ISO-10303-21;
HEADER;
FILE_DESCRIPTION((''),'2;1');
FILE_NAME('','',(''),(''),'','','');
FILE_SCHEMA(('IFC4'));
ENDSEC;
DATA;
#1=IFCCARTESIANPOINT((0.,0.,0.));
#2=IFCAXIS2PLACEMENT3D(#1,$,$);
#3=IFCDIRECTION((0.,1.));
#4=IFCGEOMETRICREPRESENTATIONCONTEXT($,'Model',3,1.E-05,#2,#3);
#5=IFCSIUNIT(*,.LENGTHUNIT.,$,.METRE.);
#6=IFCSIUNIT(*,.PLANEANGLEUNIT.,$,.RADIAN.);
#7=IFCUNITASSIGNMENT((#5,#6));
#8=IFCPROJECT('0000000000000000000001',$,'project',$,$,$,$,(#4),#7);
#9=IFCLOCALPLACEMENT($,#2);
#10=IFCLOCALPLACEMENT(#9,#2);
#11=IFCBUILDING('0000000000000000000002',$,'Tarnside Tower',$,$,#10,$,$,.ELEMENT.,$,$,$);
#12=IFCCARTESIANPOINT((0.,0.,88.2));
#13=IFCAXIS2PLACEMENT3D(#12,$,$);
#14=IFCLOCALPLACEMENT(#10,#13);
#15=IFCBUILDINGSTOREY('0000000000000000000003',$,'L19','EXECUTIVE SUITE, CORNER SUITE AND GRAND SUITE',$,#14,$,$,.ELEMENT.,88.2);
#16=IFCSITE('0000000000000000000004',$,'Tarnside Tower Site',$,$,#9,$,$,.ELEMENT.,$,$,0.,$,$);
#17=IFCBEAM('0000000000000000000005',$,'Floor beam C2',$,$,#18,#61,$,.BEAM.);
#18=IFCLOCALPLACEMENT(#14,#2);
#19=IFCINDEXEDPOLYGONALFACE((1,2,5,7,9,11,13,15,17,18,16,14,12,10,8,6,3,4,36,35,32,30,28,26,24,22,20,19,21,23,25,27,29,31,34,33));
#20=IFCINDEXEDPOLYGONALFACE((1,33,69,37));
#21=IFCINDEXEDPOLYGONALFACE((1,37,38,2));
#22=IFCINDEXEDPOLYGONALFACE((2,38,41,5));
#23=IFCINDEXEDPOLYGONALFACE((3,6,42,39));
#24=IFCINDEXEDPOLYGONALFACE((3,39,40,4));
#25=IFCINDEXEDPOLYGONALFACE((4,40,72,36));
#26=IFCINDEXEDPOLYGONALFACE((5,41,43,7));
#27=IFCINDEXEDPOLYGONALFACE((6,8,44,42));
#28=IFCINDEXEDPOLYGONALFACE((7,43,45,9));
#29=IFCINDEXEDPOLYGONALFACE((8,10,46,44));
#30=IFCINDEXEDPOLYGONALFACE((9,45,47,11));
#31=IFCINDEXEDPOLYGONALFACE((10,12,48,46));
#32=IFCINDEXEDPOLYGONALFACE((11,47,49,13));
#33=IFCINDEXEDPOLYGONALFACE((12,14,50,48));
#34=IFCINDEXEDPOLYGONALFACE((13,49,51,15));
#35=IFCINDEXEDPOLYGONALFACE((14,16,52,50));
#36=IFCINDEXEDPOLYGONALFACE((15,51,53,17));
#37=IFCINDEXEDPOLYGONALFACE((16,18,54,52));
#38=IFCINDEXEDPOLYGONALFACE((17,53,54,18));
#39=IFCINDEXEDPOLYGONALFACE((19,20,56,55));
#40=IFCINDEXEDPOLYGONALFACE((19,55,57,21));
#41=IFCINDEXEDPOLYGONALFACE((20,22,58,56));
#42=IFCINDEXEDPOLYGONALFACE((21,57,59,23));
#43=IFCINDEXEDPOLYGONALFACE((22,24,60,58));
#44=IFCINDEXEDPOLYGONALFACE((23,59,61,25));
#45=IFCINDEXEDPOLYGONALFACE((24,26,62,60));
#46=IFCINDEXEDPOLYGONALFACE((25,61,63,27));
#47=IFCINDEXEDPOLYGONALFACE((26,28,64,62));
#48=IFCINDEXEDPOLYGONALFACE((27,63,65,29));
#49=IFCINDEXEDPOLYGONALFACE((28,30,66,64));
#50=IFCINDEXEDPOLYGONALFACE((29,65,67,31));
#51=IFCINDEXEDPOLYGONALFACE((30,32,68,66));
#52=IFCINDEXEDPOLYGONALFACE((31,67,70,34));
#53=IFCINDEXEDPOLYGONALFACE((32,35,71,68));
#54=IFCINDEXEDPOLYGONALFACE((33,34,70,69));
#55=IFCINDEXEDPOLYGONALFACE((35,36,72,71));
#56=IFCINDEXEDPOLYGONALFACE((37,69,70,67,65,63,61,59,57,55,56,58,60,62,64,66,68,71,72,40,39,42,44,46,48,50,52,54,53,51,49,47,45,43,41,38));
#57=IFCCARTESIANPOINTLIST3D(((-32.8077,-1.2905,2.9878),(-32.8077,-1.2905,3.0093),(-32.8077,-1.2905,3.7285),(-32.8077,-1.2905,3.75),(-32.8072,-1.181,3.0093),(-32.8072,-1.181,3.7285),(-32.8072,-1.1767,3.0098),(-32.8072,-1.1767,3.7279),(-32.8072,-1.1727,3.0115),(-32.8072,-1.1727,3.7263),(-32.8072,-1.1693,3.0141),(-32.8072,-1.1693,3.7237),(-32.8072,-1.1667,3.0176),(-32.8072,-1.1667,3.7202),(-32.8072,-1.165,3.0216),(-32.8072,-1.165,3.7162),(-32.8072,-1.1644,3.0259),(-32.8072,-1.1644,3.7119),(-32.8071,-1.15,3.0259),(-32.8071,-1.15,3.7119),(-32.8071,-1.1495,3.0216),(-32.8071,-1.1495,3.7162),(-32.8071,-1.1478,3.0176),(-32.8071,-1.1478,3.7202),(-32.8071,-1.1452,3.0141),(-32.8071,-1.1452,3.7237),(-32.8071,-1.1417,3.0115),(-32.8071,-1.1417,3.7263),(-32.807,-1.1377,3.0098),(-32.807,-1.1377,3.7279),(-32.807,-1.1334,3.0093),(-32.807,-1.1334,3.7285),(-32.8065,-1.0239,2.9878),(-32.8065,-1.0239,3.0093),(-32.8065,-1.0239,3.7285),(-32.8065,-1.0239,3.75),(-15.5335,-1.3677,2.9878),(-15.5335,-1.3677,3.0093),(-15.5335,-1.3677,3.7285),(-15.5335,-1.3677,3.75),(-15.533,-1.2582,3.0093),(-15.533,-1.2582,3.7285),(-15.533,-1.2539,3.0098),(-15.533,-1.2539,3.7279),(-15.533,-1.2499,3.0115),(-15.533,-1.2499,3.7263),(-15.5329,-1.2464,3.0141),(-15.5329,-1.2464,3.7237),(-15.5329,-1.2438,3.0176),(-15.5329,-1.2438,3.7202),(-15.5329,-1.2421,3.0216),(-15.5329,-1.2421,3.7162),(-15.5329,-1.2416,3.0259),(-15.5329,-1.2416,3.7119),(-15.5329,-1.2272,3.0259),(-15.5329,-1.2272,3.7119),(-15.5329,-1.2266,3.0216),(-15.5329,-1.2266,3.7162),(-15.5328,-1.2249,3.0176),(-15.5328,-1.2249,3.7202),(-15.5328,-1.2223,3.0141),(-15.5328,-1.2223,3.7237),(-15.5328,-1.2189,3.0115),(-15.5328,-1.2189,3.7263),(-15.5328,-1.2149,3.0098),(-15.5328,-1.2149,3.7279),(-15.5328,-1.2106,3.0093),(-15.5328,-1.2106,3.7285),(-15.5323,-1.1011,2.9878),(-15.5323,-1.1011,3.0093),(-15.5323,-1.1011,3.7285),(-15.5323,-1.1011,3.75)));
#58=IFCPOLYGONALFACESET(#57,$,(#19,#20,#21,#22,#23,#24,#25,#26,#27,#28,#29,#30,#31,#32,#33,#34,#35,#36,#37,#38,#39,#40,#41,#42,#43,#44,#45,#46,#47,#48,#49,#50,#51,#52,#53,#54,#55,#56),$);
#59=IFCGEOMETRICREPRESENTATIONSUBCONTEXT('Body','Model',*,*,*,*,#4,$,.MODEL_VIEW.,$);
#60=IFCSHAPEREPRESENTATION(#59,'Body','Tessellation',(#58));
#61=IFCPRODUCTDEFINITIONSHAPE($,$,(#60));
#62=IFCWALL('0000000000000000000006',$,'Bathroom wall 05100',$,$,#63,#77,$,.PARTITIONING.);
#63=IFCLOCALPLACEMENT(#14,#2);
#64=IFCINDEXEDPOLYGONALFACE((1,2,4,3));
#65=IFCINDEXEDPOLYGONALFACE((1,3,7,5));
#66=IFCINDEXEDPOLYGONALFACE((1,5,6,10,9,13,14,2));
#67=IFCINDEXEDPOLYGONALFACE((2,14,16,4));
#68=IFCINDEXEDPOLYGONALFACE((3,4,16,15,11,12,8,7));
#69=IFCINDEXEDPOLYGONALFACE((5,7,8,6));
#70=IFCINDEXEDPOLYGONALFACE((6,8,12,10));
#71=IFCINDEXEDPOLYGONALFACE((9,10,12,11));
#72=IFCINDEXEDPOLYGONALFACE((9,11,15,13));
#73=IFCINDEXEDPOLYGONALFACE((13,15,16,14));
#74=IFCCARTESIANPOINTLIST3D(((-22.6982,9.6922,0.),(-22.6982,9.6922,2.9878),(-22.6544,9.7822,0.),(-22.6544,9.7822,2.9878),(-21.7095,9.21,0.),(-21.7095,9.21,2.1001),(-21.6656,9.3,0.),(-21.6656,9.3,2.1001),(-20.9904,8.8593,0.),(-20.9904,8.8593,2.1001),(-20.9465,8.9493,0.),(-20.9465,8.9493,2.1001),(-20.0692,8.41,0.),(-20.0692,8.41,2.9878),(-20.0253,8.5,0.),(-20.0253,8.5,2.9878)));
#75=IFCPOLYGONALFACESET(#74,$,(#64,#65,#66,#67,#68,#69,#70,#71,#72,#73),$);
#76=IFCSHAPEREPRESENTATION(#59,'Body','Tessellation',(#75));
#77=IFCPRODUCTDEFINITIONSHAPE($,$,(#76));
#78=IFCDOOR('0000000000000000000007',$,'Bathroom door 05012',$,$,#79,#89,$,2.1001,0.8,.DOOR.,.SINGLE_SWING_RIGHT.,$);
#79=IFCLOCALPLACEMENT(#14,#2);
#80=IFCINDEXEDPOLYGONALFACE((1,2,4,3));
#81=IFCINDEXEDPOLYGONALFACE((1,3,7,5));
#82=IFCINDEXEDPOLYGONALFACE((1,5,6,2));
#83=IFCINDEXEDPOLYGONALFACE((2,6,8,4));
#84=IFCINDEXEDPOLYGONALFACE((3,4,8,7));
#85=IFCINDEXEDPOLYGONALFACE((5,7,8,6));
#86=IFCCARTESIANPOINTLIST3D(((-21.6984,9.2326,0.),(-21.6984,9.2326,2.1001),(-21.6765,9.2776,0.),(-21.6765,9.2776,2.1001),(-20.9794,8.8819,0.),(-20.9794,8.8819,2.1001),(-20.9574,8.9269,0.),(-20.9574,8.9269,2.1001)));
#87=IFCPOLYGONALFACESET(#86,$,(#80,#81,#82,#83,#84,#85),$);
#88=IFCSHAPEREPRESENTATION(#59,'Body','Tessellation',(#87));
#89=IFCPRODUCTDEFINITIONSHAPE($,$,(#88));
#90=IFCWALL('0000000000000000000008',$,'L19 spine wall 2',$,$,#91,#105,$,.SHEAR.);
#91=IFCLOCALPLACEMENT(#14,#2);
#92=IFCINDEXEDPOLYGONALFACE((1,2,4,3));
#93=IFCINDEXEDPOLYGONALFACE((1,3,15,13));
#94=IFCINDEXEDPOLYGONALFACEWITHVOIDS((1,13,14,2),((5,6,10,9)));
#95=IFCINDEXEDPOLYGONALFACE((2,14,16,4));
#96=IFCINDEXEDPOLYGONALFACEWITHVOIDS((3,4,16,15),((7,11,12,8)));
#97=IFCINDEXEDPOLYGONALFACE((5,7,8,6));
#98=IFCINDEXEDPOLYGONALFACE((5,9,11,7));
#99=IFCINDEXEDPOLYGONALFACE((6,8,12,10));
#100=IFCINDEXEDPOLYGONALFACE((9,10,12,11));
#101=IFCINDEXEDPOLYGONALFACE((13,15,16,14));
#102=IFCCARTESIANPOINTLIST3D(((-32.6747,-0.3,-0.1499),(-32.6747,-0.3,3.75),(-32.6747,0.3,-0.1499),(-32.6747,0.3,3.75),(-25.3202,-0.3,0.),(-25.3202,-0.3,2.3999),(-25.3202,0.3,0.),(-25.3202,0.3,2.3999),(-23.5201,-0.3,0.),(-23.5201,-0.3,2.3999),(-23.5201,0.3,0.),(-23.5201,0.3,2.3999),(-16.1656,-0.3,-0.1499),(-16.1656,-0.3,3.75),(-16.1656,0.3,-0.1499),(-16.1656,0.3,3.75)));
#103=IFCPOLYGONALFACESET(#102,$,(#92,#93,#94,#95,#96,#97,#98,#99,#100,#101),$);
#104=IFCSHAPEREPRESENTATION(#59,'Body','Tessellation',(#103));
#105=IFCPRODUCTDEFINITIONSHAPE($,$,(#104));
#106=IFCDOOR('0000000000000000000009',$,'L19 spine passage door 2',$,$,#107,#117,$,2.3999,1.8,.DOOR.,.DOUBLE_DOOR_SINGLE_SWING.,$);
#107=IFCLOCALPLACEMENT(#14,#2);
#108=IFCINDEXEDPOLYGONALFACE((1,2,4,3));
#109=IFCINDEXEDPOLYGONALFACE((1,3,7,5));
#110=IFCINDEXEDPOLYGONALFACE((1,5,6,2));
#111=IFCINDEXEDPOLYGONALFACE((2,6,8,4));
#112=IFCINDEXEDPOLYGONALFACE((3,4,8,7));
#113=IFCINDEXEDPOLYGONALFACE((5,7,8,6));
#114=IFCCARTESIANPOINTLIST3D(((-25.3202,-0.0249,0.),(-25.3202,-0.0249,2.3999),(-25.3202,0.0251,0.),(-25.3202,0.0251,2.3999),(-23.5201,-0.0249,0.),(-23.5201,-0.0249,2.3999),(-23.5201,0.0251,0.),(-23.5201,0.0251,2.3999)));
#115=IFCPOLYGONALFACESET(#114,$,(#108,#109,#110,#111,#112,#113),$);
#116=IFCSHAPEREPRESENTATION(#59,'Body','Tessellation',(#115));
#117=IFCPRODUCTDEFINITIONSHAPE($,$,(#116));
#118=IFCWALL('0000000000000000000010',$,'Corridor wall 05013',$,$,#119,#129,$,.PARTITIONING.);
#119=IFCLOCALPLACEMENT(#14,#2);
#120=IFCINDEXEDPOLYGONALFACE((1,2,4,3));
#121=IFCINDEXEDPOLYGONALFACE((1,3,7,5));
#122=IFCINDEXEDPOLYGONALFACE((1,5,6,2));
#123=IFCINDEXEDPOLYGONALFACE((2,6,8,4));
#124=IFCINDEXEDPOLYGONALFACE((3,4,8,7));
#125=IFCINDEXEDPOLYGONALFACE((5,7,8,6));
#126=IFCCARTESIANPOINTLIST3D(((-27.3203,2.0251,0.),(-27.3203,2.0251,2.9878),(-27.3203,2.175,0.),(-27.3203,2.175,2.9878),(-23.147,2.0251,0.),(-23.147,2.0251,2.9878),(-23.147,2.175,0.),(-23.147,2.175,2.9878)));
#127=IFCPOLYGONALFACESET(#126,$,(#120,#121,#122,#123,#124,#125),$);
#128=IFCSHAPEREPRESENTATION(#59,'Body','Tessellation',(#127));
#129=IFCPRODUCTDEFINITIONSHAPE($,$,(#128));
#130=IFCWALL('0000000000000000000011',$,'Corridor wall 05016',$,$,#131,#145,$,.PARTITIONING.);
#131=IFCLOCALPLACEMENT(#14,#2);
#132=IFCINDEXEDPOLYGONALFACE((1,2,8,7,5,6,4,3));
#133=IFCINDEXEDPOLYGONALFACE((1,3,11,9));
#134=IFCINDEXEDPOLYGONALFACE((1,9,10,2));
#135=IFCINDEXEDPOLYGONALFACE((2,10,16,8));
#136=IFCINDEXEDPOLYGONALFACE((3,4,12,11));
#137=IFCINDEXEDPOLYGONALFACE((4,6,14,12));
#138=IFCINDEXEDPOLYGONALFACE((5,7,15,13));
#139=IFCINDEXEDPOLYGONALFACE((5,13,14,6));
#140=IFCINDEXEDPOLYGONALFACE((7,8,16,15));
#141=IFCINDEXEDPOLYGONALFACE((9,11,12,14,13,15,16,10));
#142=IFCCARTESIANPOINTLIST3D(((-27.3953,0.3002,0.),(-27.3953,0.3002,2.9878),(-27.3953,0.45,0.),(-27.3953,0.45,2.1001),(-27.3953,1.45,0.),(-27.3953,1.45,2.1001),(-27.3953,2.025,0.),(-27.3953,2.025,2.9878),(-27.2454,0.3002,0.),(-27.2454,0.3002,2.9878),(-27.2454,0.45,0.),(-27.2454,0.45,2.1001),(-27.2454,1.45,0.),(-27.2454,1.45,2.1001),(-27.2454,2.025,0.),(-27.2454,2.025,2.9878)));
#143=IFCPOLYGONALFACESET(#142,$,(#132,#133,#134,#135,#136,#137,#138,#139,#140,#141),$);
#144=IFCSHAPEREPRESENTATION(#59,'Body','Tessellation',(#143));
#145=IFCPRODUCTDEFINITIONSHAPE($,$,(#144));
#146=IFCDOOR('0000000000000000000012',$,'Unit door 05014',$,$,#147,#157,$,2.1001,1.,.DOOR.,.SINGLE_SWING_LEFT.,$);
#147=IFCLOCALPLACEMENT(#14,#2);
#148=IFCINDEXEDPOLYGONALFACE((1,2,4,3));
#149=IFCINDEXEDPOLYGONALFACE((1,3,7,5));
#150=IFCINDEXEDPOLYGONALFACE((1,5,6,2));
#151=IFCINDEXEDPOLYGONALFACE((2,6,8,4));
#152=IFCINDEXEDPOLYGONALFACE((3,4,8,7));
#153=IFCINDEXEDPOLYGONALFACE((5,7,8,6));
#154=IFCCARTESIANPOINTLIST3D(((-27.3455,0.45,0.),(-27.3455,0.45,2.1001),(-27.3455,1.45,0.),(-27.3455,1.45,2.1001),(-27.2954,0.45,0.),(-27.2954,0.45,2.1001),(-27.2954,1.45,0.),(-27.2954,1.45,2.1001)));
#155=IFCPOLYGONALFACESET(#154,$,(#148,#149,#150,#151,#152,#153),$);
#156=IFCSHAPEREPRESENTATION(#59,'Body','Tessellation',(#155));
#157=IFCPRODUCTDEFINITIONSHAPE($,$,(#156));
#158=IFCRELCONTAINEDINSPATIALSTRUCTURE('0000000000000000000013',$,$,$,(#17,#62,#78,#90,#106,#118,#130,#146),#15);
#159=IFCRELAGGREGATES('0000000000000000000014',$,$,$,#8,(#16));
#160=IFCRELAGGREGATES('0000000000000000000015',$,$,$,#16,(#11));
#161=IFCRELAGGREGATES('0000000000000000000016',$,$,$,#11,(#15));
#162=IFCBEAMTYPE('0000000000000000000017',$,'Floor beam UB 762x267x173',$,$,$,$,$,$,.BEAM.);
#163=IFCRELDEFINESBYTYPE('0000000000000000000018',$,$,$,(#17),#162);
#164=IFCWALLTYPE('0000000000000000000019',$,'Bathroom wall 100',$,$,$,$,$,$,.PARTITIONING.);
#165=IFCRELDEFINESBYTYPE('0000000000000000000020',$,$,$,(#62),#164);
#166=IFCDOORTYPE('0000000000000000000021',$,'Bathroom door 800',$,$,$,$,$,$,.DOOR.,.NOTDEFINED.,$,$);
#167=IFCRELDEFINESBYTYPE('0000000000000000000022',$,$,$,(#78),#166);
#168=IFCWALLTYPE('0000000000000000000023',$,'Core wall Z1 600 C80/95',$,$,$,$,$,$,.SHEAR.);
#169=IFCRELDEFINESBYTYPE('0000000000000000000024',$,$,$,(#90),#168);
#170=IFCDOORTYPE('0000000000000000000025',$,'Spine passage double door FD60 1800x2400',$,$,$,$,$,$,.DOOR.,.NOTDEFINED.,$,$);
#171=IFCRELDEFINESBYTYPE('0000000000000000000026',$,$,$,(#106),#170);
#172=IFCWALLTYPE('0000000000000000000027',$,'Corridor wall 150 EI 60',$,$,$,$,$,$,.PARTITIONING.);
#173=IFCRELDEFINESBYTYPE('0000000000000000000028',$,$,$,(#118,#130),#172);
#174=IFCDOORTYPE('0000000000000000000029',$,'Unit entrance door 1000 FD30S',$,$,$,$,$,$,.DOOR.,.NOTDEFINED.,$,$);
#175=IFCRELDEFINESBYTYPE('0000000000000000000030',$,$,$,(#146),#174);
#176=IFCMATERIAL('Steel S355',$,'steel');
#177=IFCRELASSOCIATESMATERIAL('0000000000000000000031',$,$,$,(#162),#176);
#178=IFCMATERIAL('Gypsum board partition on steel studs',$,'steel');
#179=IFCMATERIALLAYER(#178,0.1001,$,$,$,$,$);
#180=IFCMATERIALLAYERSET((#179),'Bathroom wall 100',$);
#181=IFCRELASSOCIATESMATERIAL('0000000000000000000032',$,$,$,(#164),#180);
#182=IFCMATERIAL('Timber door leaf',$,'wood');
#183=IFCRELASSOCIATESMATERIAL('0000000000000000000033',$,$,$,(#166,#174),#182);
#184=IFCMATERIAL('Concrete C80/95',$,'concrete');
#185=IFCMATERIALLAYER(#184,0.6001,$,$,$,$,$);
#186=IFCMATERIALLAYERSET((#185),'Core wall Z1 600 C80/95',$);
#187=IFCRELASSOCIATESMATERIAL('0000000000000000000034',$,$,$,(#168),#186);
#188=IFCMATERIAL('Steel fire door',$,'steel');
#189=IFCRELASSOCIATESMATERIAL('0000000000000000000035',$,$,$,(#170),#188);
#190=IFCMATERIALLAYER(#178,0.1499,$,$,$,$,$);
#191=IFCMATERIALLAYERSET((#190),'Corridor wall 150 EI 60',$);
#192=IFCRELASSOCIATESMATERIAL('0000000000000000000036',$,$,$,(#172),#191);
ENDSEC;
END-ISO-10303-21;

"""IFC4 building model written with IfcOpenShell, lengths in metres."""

from ifc_helpers import new_model, si_unit, direction, frame, frame_2d, origin, origin_2d, place, context, subcontext, project, spatial, rectangle, i_section, extrude, material, layer, layer_set, material_profile, profile_set, type_object, element, fill, save


model = new_model("IFC4")

# Units and contexts
model_context = context("Model", 3, precision=1e-05, world=origin(), true_north=direction((0.0, 1.0)))
body_context = subcontext(model_context, "Body", "Model", "MODEL_VIEW")
ifc_project = project(units=[si_unit("LENGTHUNIT", "METRE"), si_unit("PLANEANGLEUNIT", "RADIAN")], contexts=[model_context])

# Site, building, storey
site_placement = place(None, origin())
site = spatial("IfcSite", under=ifc_project, at=site_placement, Name="Tarnside Tower Site", CompositionType="ELEMENT", RefElevation=0.0)
building_placement = place(site_placement, origin())
building = spatial("IfcBuilding", under=site, at=building_placement, Name="Tarnside Tower", CompositionType="ELEMENT")
storey_placement = place(building_placement, frame((0.0, 0.0, 88.2)))
storey = spatial("IfcBuildingStorey", under=building, at=storey_placement, Name="L19", Description="EXECUTIVE SUITE, CORNER SUITE AND GRAND SUITE", CompositionType="ELEMENT", Elevation=88.2)

# Beam
ifc_material_1 = material(Name="Steel S355", Category="steel")
ifc_material_profile_1 = material_profile(ifc_material_1, i_section(OverallWidth=0.2666, OverallDepth=0.7622, WebThickness=0.0144, FlangeThickness=0.0215, FilletRadius=0.0166, at=origin_2d()), Name="UB 762x267x173")
ifc_profile_set_1 = profile_set([ifc_material_profile_1], Name="Steel S355")
beam_type_1 = type_object("IfcBeamType", Name="Floor beam UB 762x267x173", PredefinedType="BEAM", material=ifc_profile_set_1)
beam_1_placement = place(storey_placement, frame((-32.8071, -1.1572, 3.3689), z_axis=(0.99999, -0.004466, 0.0), x_axis=(0.004466, 0.99999, 0.0)))
element("IfcBeam", 1, at=beam_1_placement, inside=storey, type_object=beam_type_1, Name="Floor beam C2", PredefinedType="BEAM", context=body_context, shape_type="SweptSolid", body=[
    extrude(i_section(OverallWidth=0.2666, OverallDepth=0.7622, WebThickness=0.0144, FlangeThickness=0.0215, FilletRadius=0.0166, at=origin_2d()), origin(), (0.0, 0.0, 1.0), 17.2744),
])

# Walls, openings, doors
ifc_material_2 = material(Name="Gypsum board partition on steel studs", Category="steel")
ifc_layer_1 = layer(ifc_material_2, 0.1001)
ifc_layer_set_1 = layer_set([ifc_layer_1], Name="Bathroom wall 100")
wall_type_1 = type_object("IfcWallType", Name="Bathroom wall 100", PredefinedType="PARTITIONING", material=ifc_layer_set_1)
wall_1_placement = place(storey_placement, frame((-20.0474, 8.4551, 0.0), z_axis=(0.0, 0.0, 1.0), x_axis=(-0.898807, 0.438345, 0.0)))
wall_1 = element("IfcWall", 2, at=wall_1_placement, inside=storey, type_object=wall_type_1, Name="Bathroom wall 05100", PredefinedType="PARTITIONING", context=body_context, shape_type="SweptSolid", body=[
    extrude(rectangle(XDim=2.925, YDim=0.1001, at=frame_2d((1.4624, 0.0))), origin(), (0.0, 0.0, 1.0), 2.9878),
])
opening_1_placement = place(wall_1_placement, frame((1.0249, 0.0, 0.0)))
opening_1 = element("IfcOpeningElement", 3, at=opening_1_placement, cuts=wall_1, PredefinedType="OPENING", context=body_context, shape_type="SweptSolid", body=[
    extrude(rectangle(XDim=0.8, YDim=2.1001, at=frame_2d((0.3999, 1.05))), frame((0.0, 0.0601, 0.0), z_axis=(0.0, -1.0, 0.0), x_axis=(1.0, 0.0, 0.0)), (0.0, 0.0, 1.0), 0.1201),
])
ifc_material_3 = material(Name="Timber door leaf", Category="wood")
door_type_1 = type_object("IfcDoorType", Name="Bathroom door 800", OperationType="NOTDEFINED", PredefinedType="DOOR", material=ifc_material_3)
door_1_placement = place(opening_1_placement, origin())
door_1 = element("IfcDoor", 4, at=door_1_placement, inside=storey, type_object=door_type_1, Name="Bathroom door 05012", OperationType="SINGLE_SWING_RIGHT", OverallHeight=2.1001, OverallWidth=0.8, PredefinedType="DOOR", context=body_context, shape_type="SweptSolid", body=[
    extrude(rectangle(XDim=0.8, YDim=2.1001, at=frame_2d((0.3999, 1.05))), frame((0.0, 0.0249, 0.0), z_axis=(0.0, -1.0, 0.0), x_axis=(1.0, 0.0, 0.0)), (0.0, 0.0, 1.0), 0.05),
])
fill(opening_1, door_1)
ifc_material_4 = material(Name="Concrete C80/95", Category="concrete")
ifc_layer_2 = layer(ifc_material_4, 0.6001)
ifc_layer_set_2 = layer_set([ifc_layer_2], Name="Core wall Z1 600 C80/95")
wall_type_2 = type_object("IfcWallType", Name="Core wall Z1 600 C80/95", PredefinedType="SHEAR", material=ifc_layer_set_2)
wall_2_placement = place(storey_placement, frame((-16.1658, 0.0, -0.1499), z_axis=(0.0, 0.0, 1.0), x_axis=(-1.0, 0.0, 0.0)))
wall_2 = element("IfcWall", 5, at=wall_2_placement, inside=storey, type_object=wall_type_2, Name="L19 spine wall 2", PredefinedType="SHEAR", context=body_context, shape_type="SweptSolid", body=[
    extrude(rectangle(XDim=16.509, YDim=0.6001, at=frame_2d((8.2544, 0.0))), origin(), (0.0, 0.0, 1.0), 3.8999),
])
opening_2_placement = place(wall_2_placement, frame((7.3545, 0.0, 0.1499)))
opening_2 = element("IfcOpeningElement", 6, at=opening_2_placement, cuts=wall_2, PredefinedType="OPENING", context=body_context, shape_type="SweptSolid", body=[
    extrude(rectangle(XDim=1.8, YDim=2.3999, at=frame_2d((0.8999, 1.2))), frame((0.0, 0.3101, 0.0), z_axis=(0.0, -1.0, 0.0), x_axis=(1.0, 0.0, 0.0)), (0.0, 0.0, 1.0), 0.6201),
])
ifc_material_5 = material(Name="Steel fire door", Category="steel")
door_type_2 = type_object("IfcDoorType", Name="Spine passage double door FD60 1800x2400", OperationType="NOTDEFINED", PredefinedType="DOOR", material=ifc_material_5)
door_2_placement = place(opening_2_placement, origin())
door_2 = element("IfcDoor", 7, at=door_2_placement, inside=storey, type_object=door_type_2, Name="L19 spine passage door 2", OperationType="DOUBLE_DOOR_SINGLE_SWING", OverallHeight=2.3999, OverallWidth=1.8, PredefinedType="DOOR", context=body_context, shape_type="SweptSolid", body=[
    extrude(rectangle(XDim=1.8, YDim=2.3999, at=frame_2d((0.8999, 1.2))), frame((0.0, 0.0249, 0.0), z_axis=(0.0, -1.0, 0.0), x_axis=(1.0, 0.0, 0.0)), (0.0, 0.0, 1.0), 0.05),
])
fill(opening_2, door_2)

# Wall
ifc_layer_3 = layer(ifc_material_2, 0.1499)
ifc_layer_set_3 = layer_set([ifc_layer_3], Name="Corridor wall 150 EI 60")
wall_type_3 = type_object("IfcWallType", Name="Corridor wall 150 EI 60", PredefinedType="PARTITIONING", material=ifc_layer_set_3)
wall_3_placement = place(storey_placement, frame((-23.147, 2.1001, 0.0), z_axis=(0.0, 0.0, 1.0), x_axis=(-1.0, 0.0, 0.0)))
element("IfcWall", 8, at=wall_3_placement, inside=storey, type_object=wall_type_3, Name="Corridor wall 05013", PredefinedType="PARTITIONING", context=body_context, shape_type="SweptSolid", body=[
    extrude(rectangle(XDim=4.1733, YDim=0.1499, at=frame_2d((2.0867, 0.0))), origin(), (0.0, 0.0, 1.0), 2.9878),
])

# Wall, opening, door
wall_4_placement = place(storey_placement, frame((-27.3203, 2.0249, 0.0), z_axis=(0.0, 0.0, 1.0), x_axis=(0.0, -1.0, 0.0)))
wall_4 = element("IfcWall", 9, at=wall_4_placement, inside=storey, type_object=wall_type_3, Name="Corridor wall 05016", PredefinedType="PARTITIONING", context=body_context, shape_type="SweptSolid", body=[
    extrude(rectangle(XDim=1.7249, YDim=0.1499, at=frame_2d((0.8623, 0.0))), origin(), (0.0, 0.0, 1.0), 2.9878),
])
opening_3_placement = place(wall_4_placement, frame((0.575, 0.0, 0.0)))
opening_3 = element("IfcOpeningElement", 10, at=opening_3_placement, cuts=wall_4, PredefinedType="OPENING", context=body_context, shape_type="SweptSolid", body=[
    extrude(rectangle(XDim=1.0, YDim=2.1001, at=frame_2d((0.5, 1.05))), frame((0.0, 0.085, 0.0), z_axis=(0.0, -1.0, 0.0), x_axis=(1.0, 0.0, 0.0)), (0.0, 0.0, 1.0), 0.1699),
])
door_type_3 = type_object("IfcDoorType", Name="Unit entrance door 1000 FD30S", OperationType="NOTDEFINED", PredefinedType="DOOR", material=ifc_material_3)
door_3_placement = place(opening_3_placement, origin())
door_3 = element("IfcDoor", 11, at=door_3_placement, inside=storey, type_object=door_type_3, Name="Unit door 05014", OperationType="SINGLE_SWING_LEFT", OverallHeight=2.1001, OverallWidth=1.0, PredefinedType="DOOR", context=body_context, shape_type="SweptSolid", body=[
    extrude(rectangle(XDim=1.0, YDim=2.1001, at=frame_2d((0.5, 1.05))), frame((0.0, 0.0249, 0.0), z_axis=(0.0, -1.0, 0.0), x_axis=(1.0, 0.0, 0.0)), (0.0, 0.0, 1.0), 0.05),
])
fill(opening_3, door_3)

save(model, "model.ifc")
